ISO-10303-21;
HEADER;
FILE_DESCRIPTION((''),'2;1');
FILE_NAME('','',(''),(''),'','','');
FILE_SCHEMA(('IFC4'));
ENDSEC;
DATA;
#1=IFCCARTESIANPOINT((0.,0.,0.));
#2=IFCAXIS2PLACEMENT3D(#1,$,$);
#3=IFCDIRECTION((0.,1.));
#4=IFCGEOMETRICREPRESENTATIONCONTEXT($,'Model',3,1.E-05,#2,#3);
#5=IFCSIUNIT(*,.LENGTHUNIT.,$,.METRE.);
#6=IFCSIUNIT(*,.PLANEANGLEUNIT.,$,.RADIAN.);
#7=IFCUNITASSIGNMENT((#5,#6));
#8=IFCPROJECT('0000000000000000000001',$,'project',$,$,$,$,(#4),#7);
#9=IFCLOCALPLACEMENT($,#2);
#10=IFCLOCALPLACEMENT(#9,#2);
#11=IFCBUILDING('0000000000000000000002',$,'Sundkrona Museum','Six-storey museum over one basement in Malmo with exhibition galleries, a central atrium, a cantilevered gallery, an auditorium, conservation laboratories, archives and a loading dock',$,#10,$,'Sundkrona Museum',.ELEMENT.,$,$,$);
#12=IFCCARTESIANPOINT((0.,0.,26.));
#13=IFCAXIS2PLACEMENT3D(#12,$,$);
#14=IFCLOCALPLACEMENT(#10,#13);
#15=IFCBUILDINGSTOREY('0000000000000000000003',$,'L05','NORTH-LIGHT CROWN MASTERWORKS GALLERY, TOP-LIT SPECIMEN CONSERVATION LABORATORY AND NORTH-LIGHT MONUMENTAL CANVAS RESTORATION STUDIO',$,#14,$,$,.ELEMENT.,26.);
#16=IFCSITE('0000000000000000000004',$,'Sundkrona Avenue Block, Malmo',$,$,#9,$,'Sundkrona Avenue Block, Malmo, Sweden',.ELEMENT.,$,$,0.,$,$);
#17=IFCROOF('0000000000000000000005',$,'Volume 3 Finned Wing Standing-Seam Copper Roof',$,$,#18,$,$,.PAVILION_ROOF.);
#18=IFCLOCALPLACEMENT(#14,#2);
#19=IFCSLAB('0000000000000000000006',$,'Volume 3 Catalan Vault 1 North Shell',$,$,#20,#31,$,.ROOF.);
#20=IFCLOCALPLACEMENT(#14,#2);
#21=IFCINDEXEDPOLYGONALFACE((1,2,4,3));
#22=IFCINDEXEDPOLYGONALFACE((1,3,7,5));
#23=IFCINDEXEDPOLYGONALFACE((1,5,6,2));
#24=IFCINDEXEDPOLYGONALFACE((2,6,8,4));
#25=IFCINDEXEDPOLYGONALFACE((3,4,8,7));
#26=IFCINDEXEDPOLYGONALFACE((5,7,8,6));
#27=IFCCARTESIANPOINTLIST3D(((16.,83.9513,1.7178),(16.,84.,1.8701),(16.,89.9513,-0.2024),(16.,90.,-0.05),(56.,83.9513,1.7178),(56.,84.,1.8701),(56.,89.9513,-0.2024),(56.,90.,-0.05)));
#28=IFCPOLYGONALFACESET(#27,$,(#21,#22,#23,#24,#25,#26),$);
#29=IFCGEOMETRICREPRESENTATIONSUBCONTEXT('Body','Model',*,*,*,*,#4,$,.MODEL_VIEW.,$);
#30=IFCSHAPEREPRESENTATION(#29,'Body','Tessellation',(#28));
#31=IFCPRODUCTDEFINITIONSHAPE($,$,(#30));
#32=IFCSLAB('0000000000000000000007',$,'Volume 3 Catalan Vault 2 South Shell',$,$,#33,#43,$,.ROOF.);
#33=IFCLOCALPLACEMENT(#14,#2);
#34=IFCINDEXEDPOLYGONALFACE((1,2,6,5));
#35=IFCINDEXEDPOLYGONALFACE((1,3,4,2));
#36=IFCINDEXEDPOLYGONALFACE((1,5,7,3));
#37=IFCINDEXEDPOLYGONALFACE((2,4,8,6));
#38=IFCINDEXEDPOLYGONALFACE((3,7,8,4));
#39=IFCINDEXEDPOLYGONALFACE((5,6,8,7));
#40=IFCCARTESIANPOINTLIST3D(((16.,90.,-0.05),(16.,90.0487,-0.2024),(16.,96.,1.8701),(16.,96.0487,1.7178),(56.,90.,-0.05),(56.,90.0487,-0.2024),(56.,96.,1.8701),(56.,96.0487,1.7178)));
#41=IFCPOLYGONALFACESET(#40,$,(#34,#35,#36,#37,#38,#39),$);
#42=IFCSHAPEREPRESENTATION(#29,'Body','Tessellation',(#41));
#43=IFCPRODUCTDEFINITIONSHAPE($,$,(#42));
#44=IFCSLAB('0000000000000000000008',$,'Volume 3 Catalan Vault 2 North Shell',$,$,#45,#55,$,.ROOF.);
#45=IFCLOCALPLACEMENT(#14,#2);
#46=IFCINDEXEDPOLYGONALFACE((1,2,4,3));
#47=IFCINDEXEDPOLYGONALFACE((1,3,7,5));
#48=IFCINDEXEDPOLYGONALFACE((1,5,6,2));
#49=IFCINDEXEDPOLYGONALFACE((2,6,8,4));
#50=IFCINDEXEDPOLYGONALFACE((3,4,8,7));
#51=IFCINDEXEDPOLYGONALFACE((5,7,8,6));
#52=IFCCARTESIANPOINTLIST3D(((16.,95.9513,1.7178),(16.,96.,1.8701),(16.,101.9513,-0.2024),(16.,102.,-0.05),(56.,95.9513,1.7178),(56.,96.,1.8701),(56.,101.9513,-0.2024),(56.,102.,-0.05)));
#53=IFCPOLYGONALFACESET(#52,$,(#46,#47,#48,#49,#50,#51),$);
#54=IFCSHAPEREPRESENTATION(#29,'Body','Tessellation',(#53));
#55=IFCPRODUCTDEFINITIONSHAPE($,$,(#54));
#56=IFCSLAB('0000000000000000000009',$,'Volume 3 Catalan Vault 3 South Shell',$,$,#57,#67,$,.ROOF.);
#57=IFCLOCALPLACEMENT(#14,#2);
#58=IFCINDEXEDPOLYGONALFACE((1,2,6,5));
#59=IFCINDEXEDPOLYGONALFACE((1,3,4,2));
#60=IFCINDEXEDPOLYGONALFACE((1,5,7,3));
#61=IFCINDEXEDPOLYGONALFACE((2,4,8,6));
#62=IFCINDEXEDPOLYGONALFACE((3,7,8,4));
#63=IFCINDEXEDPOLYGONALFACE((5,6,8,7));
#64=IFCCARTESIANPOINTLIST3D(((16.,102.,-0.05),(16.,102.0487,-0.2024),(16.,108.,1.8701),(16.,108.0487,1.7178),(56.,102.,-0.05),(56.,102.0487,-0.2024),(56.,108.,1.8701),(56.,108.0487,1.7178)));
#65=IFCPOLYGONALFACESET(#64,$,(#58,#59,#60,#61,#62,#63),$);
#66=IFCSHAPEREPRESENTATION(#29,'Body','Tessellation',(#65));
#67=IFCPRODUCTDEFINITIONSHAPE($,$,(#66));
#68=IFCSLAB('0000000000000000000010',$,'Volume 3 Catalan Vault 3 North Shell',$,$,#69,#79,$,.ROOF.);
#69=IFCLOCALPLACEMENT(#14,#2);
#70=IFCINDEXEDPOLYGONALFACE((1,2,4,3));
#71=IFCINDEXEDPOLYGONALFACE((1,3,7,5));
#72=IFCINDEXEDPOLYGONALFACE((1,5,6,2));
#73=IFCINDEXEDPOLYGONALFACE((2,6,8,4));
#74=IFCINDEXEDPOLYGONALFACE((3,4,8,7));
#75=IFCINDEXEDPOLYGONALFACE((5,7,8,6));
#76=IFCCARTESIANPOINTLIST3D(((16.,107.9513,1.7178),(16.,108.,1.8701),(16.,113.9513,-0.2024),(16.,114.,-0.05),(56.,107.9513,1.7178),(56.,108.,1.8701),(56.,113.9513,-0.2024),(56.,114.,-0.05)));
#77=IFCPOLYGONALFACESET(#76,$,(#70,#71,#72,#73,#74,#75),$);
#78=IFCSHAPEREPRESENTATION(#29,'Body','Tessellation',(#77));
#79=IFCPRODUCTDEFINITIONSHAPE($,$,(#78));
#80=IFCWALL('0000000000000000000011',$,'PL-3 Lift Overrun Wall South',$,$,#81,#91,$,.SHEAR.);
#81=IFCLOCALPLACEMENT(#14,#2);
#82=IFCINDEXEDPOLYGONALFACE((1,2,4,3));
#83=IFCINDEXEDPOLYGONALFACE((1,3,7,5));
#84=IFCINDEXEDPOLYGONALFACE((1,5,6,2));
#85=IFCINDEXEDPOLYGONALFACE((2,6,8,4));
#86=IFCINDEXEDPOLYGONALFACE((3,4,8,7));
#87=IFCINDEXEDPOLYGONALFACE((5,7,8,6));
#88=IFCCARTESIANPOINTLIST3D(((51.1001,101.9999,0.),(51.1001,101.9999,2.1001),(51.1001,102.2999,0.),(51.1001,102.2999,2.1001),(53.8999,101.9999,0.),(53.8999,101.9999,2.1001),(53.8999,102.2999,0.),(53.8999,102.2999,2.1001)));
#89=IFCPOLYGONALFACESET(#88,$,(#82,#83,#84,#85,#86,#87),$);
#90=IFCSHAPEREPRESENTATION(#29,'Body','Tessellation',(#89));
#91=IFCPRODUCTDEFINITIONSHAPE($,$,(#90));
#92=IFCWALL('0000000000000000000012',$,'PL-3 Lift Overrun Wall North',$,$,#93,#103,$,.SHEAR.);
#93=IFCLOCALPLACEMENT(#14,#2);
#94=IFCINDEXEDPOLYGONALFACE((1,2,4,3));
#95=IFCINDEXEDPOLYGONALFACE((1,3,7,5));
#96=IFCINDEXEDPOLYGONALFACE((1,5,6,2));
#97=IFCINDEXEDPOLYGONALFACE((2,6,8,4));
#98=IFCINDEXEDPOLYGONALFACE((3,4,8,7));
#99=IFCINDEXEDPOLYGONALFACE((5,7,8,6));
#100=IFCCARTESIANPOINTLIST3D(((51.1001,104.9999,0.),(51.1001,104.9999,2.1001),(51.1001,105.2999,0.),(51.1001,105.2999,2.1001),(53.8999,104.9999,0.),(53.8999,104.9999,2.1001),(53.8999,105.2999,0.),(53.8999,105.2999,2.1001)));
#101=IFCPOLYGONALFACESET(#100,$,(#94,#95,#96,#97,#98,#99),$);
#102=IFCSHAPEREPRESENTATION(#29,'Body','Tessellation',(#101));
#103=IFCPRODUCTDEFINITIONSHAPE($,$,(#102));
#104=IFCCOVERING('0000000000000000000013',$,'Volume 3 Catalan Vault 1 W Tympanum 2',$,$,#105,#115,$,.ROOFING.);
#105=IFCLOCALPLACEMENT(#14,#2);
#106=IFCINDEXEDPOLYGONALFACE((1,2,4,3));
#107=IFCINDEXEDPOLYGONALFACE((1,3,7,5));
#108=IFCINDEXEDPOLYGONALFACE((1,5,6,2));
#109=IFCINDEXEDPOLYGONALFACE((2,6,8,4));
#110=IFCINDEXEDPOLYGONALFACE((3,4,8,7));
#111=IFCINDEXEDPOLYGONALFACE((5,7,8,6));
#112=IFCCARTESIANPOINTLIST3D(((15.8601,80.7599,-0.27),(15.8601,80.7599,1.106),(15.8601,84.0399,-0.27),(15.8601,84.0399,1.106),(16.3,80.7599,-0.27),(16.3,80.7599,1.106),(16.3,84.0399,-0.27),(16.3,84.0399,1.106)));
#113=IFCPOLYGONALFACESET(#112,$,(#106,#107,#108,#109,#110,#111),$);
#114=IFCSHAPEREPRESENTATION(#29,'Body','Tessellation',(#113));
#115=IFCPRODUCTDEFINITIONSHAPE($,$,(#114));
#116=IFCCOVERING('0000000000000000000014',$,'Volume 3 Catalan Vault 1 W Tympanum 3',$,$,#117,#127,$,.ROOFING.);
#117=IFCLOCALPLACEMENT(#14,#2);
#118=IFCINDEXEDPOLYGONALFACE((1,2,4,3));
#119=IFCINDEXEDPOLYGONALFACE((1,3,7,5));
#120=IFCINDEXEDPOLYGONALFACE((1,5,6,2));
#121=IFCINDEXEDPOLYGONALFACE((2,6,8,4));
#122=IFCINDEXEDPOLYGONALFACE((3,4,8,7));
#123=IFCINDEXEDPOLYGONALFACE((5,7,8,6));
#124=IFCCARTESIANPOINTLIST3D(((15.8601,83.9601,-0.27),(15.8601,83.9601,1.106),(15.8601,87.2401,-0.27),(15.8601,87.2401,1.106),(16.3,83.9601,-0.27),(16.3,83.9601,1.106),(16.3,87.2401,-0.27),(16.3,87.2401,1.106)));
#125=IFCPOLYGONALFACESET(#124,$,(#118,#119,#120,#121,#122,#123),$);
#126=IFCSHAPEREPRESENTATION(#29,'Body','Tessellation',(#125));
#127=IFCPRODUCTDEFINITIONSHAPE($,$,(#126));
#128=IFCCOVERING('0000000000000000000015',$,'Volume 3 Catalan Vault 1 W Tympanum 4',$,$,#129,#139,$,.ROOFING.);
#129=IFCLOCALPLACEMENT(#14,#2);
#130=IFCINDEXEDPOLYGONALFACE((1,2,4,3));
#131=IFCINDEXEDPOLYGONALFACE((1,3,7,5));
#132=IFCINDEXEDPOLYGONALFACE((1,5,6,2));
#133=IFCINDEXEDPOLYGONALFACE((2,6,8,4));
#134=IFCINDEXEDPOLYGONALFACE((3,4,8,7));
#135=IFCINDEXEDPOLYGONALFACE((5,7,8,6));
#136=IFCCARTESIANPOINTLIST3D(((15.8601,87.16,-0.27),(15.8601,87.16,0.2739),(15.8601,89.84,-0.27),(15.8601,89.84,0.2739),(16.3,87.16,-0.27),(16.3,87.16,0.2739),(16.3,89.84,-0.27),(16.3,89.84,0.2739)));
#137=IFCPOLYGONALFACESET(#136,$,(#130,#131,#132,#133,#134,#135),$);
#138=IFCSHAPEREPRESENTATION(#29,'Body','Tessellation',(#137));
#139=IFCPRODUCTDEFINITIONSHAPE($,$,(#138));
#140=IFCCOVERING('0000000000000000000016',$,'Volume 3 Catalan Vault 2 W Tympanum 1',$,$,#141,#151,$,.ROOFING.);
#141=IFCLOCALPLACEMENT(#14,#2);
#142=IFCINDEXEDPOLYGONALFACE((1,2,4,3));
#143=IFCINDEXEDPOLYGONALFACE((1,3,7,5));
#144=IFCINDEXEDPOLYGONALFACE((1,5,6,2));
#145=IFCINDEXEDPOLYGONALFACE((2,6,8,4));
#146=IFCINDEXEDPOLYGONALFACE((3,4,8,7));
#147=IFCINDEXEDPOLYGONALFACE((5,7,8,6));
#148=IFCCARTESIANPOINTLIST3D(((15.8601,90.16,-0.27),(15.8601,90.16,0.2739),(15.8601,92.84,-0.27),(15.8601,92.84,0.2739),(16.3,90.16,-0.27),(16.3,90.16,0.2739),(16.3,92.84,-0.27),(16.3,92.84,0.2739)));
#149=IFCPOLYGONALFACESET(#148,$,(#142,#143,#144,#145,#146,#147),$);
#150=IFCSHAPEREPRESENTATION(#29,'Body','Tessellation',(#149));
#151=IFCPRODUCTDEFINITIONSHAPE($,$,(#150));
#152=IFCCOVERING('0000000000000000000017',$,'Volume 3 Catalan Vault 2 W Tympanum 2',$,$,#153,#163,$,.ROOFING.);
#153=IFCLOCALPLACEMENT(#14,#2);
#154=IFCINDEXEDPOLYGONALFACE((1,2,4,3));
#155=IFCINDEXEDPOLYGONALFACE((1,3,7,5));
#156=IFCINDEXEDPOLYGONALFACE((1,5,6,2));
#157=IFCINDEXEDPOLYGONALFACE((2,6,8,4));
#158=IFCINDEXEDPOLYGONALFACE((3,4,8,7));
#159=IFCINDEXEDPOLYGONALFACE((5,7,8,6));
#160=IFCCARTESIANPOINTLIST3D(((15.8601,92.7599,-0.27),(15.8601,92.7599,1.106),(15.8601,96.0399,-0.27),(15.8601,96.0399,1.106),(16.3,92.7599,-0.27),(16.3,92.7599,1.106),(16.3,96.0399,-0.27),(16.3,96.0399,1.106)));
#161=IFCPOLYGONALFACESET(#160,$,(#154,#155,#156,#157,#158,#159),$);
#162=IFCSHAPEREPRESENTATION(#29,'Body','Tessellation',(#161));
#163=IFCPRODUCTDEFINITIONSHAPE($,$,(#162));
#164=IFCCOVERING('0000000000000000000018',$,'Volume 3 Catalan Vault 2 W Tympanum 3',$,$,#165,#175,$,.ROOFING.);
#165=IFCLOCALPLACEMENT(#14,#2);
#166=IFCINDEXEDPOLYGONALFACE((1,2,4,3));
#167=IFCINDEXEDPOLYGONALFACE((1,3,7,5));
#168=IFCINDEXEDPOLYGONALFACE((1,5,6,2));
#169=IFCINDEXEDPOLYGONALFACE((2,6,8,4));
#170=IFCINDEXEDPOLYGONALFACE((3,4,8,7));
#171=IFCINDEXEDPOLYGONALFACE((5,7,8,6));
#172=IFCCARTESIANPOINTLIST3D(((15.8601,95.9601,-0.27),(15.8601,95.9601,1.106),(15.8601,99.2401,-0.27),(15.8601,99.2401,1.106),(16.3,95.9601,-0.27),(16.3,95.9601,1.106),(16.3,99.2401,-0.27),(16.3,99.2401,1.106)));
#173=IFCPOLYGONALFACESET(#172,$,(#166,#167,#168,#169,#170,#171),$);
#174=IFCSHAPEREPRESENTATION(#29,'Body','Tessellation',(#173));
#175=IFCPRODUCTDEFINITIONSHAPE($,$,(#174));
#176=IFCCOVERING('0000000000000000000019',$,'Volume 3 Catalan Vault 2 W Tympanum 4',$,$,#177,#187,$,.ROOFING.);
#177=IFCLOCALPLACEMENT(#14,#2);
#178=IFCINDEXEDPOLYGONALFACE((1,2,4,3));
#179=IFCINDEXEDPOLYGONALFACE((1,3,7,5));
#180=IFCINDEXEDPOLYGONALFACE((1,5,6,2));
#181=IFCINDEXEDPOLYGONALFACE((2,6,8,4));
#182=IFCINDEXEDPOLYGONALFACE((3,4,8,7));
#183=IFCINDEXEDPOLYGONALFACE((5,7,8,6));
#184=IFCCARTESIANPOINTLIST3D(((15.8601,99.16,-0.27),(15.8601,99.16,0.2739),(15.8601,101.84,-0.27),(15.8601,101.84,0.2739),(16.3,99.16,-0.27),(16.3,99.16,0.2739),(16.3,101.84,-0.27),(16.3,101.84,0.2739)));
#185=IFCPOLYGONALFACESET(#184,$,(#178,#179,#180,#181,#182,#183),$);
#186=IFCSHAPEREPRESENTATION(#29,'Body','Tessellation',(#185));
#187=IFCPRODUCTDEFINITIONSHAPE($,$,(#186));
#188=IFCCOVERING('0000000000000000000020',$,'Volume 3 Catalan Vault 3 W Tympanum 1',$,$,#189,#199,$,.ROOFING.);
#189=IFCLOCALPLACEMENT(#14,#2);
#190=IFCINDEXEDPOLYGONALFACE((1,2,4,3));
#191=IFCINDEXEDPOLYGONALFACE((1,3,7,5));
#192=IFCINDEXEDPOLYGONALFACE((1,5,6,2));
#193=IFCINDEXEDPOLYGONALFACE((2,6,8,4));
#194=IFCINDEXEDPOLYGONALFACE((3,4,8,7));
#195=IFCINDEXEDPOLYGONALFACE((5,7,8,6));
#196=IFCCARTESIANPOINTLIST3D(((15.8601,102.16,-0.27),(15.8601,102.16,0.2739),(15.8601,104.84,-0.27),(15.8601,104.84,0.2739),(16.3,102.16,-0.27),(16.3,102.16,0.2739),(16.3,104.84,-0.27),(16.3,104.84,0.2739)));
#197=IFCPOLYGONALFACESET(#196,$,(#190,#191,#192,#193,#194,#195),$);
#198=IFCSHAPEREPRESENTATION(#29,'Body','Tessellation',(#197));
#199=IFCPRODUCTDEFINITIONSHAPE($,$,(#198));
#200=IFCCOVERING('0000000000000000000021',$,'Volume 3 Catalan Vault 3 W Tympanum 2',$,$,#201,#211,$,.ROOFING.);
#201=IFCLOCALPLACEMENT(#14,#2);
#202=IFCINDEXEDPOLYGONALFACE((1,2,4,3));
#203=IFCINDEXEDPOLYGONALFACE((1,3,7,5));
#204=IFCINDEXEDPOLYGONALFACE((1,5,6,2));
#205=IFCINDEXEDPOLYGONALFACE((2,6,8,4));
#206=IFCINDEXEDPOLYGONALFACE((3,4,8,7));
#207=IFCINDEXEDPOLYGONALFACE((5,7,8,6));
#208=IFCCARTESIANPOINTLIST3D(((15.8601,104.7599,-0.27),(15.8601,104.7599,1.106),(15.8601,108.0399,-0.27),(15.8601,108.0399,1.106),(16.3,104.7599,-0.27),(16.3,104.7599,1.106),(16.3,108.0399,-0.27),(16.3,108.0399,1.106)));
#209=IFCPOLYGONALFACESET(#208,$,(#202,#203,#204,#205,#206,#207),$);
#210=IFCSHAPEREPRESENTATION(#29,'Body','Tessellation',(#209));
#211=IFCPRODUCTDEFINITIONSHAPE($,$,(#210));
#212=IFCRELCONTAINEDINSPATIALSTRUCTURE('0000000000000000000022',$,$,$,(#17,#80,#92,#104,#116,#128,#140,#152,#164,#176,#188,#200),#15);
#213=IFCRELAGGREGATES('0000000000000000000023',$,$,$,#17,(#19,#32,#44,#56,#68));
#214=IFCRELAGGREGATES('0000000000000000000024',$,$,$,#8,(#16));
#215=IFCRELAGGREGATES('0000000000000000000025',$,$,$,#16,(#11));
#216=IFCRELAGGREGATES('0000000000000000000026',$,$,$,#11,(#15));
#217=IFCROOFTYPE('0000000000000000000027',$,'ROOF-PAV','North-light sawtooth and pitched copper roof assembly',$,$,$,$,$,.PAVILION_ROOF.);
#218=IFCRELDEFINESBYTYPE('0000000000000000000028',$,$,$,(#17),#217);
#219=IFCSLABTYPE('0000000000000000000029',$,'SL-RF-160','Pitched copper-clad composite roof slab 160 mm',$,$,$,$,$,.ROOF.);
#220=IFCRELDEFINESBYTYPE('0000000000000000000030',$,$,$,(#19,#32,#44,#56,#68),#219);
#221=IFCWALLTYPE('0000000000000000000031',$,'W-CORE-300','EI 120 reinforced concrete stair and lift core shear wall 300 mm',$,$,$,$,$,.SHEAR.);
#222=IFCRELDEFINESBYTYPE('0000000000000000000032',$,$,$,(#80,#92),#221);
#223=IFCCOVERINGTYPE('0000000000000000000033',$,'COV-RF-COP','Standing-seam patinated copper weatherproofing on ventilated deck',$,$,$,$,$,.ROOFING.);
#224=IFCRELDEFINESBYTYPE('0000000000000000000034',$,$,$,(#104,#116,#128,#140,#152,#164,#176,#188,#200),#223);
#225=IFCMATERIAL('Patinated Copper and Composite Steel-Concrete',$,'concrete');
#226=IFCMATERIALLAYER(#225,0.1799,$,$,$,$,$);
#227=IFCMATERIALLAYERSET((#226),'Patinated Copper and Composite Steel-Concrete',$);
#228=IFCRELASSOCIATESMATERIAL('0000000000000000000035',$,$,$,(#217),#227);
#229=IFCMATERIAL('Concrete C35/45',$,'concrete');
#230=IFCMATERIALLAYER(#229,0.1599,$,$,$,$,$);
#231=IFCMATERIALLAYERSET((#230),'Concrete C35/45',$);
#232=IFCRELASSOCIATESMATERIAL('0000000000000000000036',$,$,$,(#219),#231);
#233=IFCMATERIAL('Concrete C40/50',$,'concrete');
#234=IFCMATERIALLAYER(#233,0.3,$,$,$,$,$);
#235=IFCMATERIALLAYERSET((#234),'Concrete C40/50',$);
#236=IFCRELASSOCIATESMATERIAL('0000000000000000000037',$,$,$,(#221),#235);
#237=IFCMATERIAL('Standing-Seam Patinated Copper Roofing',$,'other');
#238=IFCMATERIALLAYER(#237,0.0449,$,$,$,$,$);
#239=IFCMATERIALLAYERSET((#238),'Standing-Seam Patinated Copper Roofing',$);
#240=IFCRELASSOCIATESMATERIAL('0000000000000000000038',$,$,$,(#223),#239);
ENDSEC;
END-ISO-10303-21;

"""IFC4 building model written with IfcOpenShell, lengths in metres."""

from ifc_helpers import new_model, si_unit, direction, frame, frame_2d, origin, origin_2d, place, context, subcontext, project, spatial, polyline, rectangle, outline, extrude, material, layer, layer_set, type_object, element, aggregate, save


model = new_model("IFC4")

# Units and contexts
model_context = context("Model", 3, precision=1e-05, world=origin(), true_north=direction((0.0, 1.0)))
body_context = subcontext(model_context, "Body", "Model", "MODEL_VIEW")
ifc_project = project(units=[si_unit("LENGTHUNIT", "METRE"), si_unit("PLANEANGLEUNIT", "RADIAN")], contexts=[model_context])

# Site, building, storey
site_placement = place(None, origin())
site = spatial("IfcSite", under=ifc_project, at=site_placement, Name="Sundkrona Avenue Block, Malmo", LongName="Sundkrona Avenue Block, Malmo, Sweden", CompositionType="ELEMENT", RefElevation=0.0)
building_placement = place(site_placement, origin())
building = spatial("IfcBuilding", under=site, at=building_placement, Name="Sundkrona Museum", Description="Six-storey museum over one basement in Malmo with exhibition galleries, a central atrium, a cantilevered gallery, an auditorium, conservation laboratories, archives and a loading dock", LongName="Sundkrona Museum", CompositionType="ELEMENT")
storey_placement = place(building_placement, frame((0.0, 0.0, 26.0)))
storey = spatial("IfcBuildingStorey", under=building, at=storey_placement, Name="L05", Description="NORTH-LIGHT CROWN MASTERWORKS GALLERY, TOP-LIT SPECIMEN CONSERVATION LABORATORY AND NORTH-LIGHT MONUMENTAL CANVAS RESTORATION STUDIO", CompositionType="ELEMENT", Elevation=26.0)

# Roof, slabs
ifc_material_1 = material(Name="Patinated Copper and Composite Steel-Concrete", Category="concrete")
ifc_layer_1 = layer(ifc_material_1, 0.1799)
ifc_layer_set_1 = layer_set([ifc_layer_1], Name="Patinated Copper and Composite Steel-Concrete")
roof_type = type_object("IfcRoofType", Name="ROOF-PAV", Description="North-light sawtooth and pitched copper roof assembly", PredefinedType="PAVILION_ROOF", material=ifc_layer_set_1)
roof_placement = place(storey_placement, origin())
roof = element("IfcRoof", 1, at=roof_placement, inside=storey, type_object=roof_type, Name="Volume 3 Finned Wing Standing-Seam Copper Roof", PredefinedType="PAVILION_ROOF")
ifc_material_2 = material(Name="Concrete C35/45", Category="concrete")
ifc_layer_2 = layer(ifc_material_2, 0.1599)
ifc_layer_set_2 = layer_set([ifc_layer_2], Name="Concrete C35/45")
slab_type = type_object("IfcSlabType", Name="SL-RF-160", Description="Pitched copper-clad composite roof slab 160 mm", PredefinedType="ROOF", material=ifc_layer_set_2)
slab_1_placement = place(storey_placement, frame((16.0, 84.0, 1.8701), z_axis=(0.0, 0.3048, 0.952416), x_axis=(1.0, 0.0, 0.0)))
slab_1 = element("IfcSlab", 2, at=slab_1_placement, type_object=slab_type, Name="Volume 3 Catalan Vault 1 North Shell", PredefinedType="ROOF", context=body_context, shape_type="SweptSolid", body=[
    extrude(outline(polyline([(0.0, 0.0), (40.0, 0.0), (40.0, 6.2998), (0.0, 6.2998), (0.0, 0.0)])), origin(), (0.0, 0.0, -1.0), 0.1599),
])
slab_2_placement = place(storey_placement, frame((16.0, 90.0, -0.05), z_axis=(0.0, -0.3048, 0.952416), x_axis=(1.0, 0.0, 0.0)))
slab_2 = element("IfcSlab", 3, at=slab_2_placement, type_object=slab_type, Name="Volume 3 Catalan Vault 2 South Shell", PredefinedType="ROOF", context=body_context, shape_type="SweptSolid", body=[
    extrude(outline(polyline([(0.0, 0.0), (40.0, 0.0), (40.0, 6.2998), (0.0, 6.2998), (0.0, 0.0)])), origin(), (0.0, 0.0, -1.0), 0.1599),
])
slab_3_placement = place(storey_placement, frame((16.0, 96.0, 1.8701), z_axis=(0.0, 0.3048, 0.952416), x_axis=(1.0, 0.0, 0.0)))
slab_3 = element("IfcSlab", 4, at=slab_3_placement, type_object=slab_type, Name="Volume 3 Catalan Vault 2 North Shell", PredefinedType="ROOF", context=body_context, shape_type="SweptSolid", body=[
    extrude(outline(polyline([(0.0, 0.0), (40.0, 0.0), (40.0, 6.2998), (0.0, 6.2998), (0.0, 0.0)])), origin(), (0.0, 0.0, -1.0), 0.1599),
])
slab_4_placement = place(storey_placement, frame((16.0, 102.0, -0.05), z_axis=(0.0, -0.3048, 0.952416), x_axis=(1.0, 0.0, 0.0)))
slab_4 = element("IfcSlab", 5, at=slab_4_placement, type_object=slab_type, Name="Volume 3 Catalan Vault 3 South Shell", PredefinedType="ROOF", context=body_context, shape_type="SweptSolid", body=[
    extrude(outline(polyline([(0.0, 0.0), (40.0, 0.0), (40.0, 6.2998), (0.0, 6.2998), (0.0, 0.0)])), origin(), (0.0, 0.0, -1.0), 0.1599),
])
slab_5_placement = place(storey_placement, frame((16.0, 108.0, 1.8701), z_axis=(0.0, 0.3048, 0.952416), x_axis=(1.0, 0.0, 0.0)))
slab_5 = element("IfcSlab", 6, at=slab_5_placement, type_object=slab_type, Name="Volume 3 Catalan Vault 3 North Shell", PredefinedType="ROOF", context=body_context, shape_type="SweptSolid", body=[
    extrude(outline(polyline([(0.0, 0.0), (40.0, 0.0), (40.0, 6.2998), (0.0, 6.2998), (0.0, 0.0)])), origin(), (0.0, 0.0, -1.0), 0.1599),
])
aggregate(roof, [slab_1, slab_2, slab_3, slab_4, slab_5])

# Walls
ifc_material_3 = material(Name="Concrete C40/50", Category="concrete")
ifc_layer_3 = layer(ifc_material_3, 0.3)
ifc_layer_set_3 = layer_set([ifc_layer_3], Name="Concrete C40/50")
wall_type = type_object("IfcWallType", Name="W-CORE-300", Description="EI 120 reinforced concrete stair and lift core shear wall 300 mm", PredefinedType="SHEAR", material=ifc_layer_set_3)
for number, where, z_axis, x_axis, name in (
    (7, (51.1001, 102.1499, 0.0), (0.0, 0.0, 1.0), (1.0, 0.0, 0.0), "PL-3 Lift Overrun Wall South"),
    (8, (51.1001, 105.1499, 0.0), (0.0, 0.0, 1.0), (1.0, 0.0, 0.0), "PL-3 Lift Overrun Wall North"),
):
    element("IfcWall", number, at=place(storey_placement, frame(where, z_axis=z_axis, x_axis=x_axis)), inside=storey, type_object=wall_type, Name=name, PredefinedType="SHEAR", context=body_context, shape_type="SweptSolid", body=[
        extrude(rectangle(XDim=2.7998, YDim=0.3, at=frame_2d((1.3999, 0.0))), origin(), (0.0, 0.0, 1.0), 2.1001),
    ])

# Coverings
ifc_material_4 = material(Name="Standing-Seam Patinated Copper Roofing", Category="other")
ifc_layer_4 = layer(ifc_material_4, 0.0449)
ifc_layer_set_4 = layer_set([ifc_layer_4], Name="Standing-Seam Patinated Copper Roofing")
covering_type = type_object("IfcCoveringType", Name="COV-RF-COP", Description="Standing-seam patinated copper weatherproofing on ventilated deck", PredefinedType="ROOFING", material=ifc_layer_set_4)
for number, where, z_axis, x_axis, name in (
    (9, (16.0801, 82.3999, -0.27), (0.0, 0.0, 1.0), (0.0, 1.0, 0.0), "Volume 3 Catalan Vault 1 W Tympanum 2"),
    (10, (16.0801, 85.6001, -0.27), (0.0, 0.0, 1.0), (0.0, 1.0, 0.0), "Volume 3 Catalan Vault 1 W Tympanum 3"),
):
    element("IfcCovering", number, at=place(storey_placement, frame(where, z_axis=z_axis, x_axis=x_axis)), inside=storey, type_object=covering_type, Name=name, PredefinedType="ROOFING", context=body_context, shape_type="SweptSolid", body=[
        extrude(rectangle(XDim=3.28, YDim=0.4399, at=origin_2d()), origin(), (0.0, 0.0, 1.0), 1.376),
    ])
for number, where, z_axis, x_axis, name in (
    (11, (16.0801, 88.5, -0.27), (0.0, 0.0, 1.0), (0.0, 1.0, 0.0), "Volume 3 Catalan Vault 1 W Tympanum 4"),
    (12, (16.0801, 91.5, -0.27), (0.0, 0.0, 1.0), (0.0, 1.0, 0.0), "Volume 3 Catalan Vault 2 W Tympanum 1"),
):
    element("IfcCovering", number, at=place(storey_placement, frame(where, z_axis=z_axis, x_axis=x_axis)), inside=storey, type_object=covering_type, Name=name, PredefinedType="ROOFING", context=body_context, shape_type="SweptSolid", body=[
        extrude(rectangle(XDim=2.6799, YDim=0.4399, at=origin_2d()), origin(), (0.0, 0.0, 1.0), 0.5439),
    ])
for number, where, z_axis, x_axis, name in (
    (13, (16.0801, 94.3999, -0.27), (0.0, 0.0, 1.0), (0.0, 1.0, 0.0), "Volume 3 Catalan Vault 2 W Tympanum 2"),
    (14, (16.0801, 97.6001, -0.27), (0.0, 0.0, 1.0), (0.0, 1.0, 0.0), "Volume 3 Catalan Vault 2 W Tympanum 3"),
):
    element("IfcCovering", number, at=place(storey_placement, frame(where, z_axis=z_axis, x_axis=x_axis)), inside=storey, type_object=covering_type, Name=name, PredefinedType="ROOFING", context=body_context, shape_type="SweptSolid", body=[
        extrude(rectangle(XDim=3.28, YDim=0.4399, at=origin_2d()), origin(), (0.0, 0.0, 1.0), 1.376),
    ])
for number, where, z_axis, x_axis, name in (
    (15, (16.0801, 100.5, -0.27), (0.0, 0.0, 1.0), (0.0, 1.0, 0.0), "Volume 3 Catalan Vault 2 W Tympanum 4"),
    (16, (16.0801, 103.5, -0.27), (0.0, 0.0, 1.0), (0.0, 1.0, 0.0), "Volume 3 Catalan Vault 3 W Tympanum 1"),
):
    element("IfcCovering", number, at=place(storey_placement, frame(where, z_axis=z_axis, x_axis=x_axis)), inside=storey, type_object=covering_type, Name=name, PredefinedType="ROOFING", context=body_context, shape_type="SweptSolid", body=[
        extrude(rectangle(XDim=2.6799, YDim=0.4399, at=origin_2d()), origin(), (0.0, 0.0, 1.0), 0.5439),
    ])
for number, where, z_axis, x_axis, name in (
    (17, (16.0801, 106.3999, -0.27), (0.0, 0.0, 1.0), (0.0, 1.0, 0.0), "Volume 3 Catalan Vault 3 W Tympanum 2"),
):
    element("IfcCovering", number, at=place(storey_placement, frame(where, z_axis=z_axis, x_axis=x_axis)), inside=storey, type_object=covering_type, Name=name, PredefinedType="ROOFING", context=body_context, shape_type="SweptSolid", body=[
        extrude(rectangle(XDim=3.28, YDim=0.4399, at=origin_2d()), origin(), (0.0, 0.0, 1.0), 1.376),
    ])

save(model, "model.ifc")
